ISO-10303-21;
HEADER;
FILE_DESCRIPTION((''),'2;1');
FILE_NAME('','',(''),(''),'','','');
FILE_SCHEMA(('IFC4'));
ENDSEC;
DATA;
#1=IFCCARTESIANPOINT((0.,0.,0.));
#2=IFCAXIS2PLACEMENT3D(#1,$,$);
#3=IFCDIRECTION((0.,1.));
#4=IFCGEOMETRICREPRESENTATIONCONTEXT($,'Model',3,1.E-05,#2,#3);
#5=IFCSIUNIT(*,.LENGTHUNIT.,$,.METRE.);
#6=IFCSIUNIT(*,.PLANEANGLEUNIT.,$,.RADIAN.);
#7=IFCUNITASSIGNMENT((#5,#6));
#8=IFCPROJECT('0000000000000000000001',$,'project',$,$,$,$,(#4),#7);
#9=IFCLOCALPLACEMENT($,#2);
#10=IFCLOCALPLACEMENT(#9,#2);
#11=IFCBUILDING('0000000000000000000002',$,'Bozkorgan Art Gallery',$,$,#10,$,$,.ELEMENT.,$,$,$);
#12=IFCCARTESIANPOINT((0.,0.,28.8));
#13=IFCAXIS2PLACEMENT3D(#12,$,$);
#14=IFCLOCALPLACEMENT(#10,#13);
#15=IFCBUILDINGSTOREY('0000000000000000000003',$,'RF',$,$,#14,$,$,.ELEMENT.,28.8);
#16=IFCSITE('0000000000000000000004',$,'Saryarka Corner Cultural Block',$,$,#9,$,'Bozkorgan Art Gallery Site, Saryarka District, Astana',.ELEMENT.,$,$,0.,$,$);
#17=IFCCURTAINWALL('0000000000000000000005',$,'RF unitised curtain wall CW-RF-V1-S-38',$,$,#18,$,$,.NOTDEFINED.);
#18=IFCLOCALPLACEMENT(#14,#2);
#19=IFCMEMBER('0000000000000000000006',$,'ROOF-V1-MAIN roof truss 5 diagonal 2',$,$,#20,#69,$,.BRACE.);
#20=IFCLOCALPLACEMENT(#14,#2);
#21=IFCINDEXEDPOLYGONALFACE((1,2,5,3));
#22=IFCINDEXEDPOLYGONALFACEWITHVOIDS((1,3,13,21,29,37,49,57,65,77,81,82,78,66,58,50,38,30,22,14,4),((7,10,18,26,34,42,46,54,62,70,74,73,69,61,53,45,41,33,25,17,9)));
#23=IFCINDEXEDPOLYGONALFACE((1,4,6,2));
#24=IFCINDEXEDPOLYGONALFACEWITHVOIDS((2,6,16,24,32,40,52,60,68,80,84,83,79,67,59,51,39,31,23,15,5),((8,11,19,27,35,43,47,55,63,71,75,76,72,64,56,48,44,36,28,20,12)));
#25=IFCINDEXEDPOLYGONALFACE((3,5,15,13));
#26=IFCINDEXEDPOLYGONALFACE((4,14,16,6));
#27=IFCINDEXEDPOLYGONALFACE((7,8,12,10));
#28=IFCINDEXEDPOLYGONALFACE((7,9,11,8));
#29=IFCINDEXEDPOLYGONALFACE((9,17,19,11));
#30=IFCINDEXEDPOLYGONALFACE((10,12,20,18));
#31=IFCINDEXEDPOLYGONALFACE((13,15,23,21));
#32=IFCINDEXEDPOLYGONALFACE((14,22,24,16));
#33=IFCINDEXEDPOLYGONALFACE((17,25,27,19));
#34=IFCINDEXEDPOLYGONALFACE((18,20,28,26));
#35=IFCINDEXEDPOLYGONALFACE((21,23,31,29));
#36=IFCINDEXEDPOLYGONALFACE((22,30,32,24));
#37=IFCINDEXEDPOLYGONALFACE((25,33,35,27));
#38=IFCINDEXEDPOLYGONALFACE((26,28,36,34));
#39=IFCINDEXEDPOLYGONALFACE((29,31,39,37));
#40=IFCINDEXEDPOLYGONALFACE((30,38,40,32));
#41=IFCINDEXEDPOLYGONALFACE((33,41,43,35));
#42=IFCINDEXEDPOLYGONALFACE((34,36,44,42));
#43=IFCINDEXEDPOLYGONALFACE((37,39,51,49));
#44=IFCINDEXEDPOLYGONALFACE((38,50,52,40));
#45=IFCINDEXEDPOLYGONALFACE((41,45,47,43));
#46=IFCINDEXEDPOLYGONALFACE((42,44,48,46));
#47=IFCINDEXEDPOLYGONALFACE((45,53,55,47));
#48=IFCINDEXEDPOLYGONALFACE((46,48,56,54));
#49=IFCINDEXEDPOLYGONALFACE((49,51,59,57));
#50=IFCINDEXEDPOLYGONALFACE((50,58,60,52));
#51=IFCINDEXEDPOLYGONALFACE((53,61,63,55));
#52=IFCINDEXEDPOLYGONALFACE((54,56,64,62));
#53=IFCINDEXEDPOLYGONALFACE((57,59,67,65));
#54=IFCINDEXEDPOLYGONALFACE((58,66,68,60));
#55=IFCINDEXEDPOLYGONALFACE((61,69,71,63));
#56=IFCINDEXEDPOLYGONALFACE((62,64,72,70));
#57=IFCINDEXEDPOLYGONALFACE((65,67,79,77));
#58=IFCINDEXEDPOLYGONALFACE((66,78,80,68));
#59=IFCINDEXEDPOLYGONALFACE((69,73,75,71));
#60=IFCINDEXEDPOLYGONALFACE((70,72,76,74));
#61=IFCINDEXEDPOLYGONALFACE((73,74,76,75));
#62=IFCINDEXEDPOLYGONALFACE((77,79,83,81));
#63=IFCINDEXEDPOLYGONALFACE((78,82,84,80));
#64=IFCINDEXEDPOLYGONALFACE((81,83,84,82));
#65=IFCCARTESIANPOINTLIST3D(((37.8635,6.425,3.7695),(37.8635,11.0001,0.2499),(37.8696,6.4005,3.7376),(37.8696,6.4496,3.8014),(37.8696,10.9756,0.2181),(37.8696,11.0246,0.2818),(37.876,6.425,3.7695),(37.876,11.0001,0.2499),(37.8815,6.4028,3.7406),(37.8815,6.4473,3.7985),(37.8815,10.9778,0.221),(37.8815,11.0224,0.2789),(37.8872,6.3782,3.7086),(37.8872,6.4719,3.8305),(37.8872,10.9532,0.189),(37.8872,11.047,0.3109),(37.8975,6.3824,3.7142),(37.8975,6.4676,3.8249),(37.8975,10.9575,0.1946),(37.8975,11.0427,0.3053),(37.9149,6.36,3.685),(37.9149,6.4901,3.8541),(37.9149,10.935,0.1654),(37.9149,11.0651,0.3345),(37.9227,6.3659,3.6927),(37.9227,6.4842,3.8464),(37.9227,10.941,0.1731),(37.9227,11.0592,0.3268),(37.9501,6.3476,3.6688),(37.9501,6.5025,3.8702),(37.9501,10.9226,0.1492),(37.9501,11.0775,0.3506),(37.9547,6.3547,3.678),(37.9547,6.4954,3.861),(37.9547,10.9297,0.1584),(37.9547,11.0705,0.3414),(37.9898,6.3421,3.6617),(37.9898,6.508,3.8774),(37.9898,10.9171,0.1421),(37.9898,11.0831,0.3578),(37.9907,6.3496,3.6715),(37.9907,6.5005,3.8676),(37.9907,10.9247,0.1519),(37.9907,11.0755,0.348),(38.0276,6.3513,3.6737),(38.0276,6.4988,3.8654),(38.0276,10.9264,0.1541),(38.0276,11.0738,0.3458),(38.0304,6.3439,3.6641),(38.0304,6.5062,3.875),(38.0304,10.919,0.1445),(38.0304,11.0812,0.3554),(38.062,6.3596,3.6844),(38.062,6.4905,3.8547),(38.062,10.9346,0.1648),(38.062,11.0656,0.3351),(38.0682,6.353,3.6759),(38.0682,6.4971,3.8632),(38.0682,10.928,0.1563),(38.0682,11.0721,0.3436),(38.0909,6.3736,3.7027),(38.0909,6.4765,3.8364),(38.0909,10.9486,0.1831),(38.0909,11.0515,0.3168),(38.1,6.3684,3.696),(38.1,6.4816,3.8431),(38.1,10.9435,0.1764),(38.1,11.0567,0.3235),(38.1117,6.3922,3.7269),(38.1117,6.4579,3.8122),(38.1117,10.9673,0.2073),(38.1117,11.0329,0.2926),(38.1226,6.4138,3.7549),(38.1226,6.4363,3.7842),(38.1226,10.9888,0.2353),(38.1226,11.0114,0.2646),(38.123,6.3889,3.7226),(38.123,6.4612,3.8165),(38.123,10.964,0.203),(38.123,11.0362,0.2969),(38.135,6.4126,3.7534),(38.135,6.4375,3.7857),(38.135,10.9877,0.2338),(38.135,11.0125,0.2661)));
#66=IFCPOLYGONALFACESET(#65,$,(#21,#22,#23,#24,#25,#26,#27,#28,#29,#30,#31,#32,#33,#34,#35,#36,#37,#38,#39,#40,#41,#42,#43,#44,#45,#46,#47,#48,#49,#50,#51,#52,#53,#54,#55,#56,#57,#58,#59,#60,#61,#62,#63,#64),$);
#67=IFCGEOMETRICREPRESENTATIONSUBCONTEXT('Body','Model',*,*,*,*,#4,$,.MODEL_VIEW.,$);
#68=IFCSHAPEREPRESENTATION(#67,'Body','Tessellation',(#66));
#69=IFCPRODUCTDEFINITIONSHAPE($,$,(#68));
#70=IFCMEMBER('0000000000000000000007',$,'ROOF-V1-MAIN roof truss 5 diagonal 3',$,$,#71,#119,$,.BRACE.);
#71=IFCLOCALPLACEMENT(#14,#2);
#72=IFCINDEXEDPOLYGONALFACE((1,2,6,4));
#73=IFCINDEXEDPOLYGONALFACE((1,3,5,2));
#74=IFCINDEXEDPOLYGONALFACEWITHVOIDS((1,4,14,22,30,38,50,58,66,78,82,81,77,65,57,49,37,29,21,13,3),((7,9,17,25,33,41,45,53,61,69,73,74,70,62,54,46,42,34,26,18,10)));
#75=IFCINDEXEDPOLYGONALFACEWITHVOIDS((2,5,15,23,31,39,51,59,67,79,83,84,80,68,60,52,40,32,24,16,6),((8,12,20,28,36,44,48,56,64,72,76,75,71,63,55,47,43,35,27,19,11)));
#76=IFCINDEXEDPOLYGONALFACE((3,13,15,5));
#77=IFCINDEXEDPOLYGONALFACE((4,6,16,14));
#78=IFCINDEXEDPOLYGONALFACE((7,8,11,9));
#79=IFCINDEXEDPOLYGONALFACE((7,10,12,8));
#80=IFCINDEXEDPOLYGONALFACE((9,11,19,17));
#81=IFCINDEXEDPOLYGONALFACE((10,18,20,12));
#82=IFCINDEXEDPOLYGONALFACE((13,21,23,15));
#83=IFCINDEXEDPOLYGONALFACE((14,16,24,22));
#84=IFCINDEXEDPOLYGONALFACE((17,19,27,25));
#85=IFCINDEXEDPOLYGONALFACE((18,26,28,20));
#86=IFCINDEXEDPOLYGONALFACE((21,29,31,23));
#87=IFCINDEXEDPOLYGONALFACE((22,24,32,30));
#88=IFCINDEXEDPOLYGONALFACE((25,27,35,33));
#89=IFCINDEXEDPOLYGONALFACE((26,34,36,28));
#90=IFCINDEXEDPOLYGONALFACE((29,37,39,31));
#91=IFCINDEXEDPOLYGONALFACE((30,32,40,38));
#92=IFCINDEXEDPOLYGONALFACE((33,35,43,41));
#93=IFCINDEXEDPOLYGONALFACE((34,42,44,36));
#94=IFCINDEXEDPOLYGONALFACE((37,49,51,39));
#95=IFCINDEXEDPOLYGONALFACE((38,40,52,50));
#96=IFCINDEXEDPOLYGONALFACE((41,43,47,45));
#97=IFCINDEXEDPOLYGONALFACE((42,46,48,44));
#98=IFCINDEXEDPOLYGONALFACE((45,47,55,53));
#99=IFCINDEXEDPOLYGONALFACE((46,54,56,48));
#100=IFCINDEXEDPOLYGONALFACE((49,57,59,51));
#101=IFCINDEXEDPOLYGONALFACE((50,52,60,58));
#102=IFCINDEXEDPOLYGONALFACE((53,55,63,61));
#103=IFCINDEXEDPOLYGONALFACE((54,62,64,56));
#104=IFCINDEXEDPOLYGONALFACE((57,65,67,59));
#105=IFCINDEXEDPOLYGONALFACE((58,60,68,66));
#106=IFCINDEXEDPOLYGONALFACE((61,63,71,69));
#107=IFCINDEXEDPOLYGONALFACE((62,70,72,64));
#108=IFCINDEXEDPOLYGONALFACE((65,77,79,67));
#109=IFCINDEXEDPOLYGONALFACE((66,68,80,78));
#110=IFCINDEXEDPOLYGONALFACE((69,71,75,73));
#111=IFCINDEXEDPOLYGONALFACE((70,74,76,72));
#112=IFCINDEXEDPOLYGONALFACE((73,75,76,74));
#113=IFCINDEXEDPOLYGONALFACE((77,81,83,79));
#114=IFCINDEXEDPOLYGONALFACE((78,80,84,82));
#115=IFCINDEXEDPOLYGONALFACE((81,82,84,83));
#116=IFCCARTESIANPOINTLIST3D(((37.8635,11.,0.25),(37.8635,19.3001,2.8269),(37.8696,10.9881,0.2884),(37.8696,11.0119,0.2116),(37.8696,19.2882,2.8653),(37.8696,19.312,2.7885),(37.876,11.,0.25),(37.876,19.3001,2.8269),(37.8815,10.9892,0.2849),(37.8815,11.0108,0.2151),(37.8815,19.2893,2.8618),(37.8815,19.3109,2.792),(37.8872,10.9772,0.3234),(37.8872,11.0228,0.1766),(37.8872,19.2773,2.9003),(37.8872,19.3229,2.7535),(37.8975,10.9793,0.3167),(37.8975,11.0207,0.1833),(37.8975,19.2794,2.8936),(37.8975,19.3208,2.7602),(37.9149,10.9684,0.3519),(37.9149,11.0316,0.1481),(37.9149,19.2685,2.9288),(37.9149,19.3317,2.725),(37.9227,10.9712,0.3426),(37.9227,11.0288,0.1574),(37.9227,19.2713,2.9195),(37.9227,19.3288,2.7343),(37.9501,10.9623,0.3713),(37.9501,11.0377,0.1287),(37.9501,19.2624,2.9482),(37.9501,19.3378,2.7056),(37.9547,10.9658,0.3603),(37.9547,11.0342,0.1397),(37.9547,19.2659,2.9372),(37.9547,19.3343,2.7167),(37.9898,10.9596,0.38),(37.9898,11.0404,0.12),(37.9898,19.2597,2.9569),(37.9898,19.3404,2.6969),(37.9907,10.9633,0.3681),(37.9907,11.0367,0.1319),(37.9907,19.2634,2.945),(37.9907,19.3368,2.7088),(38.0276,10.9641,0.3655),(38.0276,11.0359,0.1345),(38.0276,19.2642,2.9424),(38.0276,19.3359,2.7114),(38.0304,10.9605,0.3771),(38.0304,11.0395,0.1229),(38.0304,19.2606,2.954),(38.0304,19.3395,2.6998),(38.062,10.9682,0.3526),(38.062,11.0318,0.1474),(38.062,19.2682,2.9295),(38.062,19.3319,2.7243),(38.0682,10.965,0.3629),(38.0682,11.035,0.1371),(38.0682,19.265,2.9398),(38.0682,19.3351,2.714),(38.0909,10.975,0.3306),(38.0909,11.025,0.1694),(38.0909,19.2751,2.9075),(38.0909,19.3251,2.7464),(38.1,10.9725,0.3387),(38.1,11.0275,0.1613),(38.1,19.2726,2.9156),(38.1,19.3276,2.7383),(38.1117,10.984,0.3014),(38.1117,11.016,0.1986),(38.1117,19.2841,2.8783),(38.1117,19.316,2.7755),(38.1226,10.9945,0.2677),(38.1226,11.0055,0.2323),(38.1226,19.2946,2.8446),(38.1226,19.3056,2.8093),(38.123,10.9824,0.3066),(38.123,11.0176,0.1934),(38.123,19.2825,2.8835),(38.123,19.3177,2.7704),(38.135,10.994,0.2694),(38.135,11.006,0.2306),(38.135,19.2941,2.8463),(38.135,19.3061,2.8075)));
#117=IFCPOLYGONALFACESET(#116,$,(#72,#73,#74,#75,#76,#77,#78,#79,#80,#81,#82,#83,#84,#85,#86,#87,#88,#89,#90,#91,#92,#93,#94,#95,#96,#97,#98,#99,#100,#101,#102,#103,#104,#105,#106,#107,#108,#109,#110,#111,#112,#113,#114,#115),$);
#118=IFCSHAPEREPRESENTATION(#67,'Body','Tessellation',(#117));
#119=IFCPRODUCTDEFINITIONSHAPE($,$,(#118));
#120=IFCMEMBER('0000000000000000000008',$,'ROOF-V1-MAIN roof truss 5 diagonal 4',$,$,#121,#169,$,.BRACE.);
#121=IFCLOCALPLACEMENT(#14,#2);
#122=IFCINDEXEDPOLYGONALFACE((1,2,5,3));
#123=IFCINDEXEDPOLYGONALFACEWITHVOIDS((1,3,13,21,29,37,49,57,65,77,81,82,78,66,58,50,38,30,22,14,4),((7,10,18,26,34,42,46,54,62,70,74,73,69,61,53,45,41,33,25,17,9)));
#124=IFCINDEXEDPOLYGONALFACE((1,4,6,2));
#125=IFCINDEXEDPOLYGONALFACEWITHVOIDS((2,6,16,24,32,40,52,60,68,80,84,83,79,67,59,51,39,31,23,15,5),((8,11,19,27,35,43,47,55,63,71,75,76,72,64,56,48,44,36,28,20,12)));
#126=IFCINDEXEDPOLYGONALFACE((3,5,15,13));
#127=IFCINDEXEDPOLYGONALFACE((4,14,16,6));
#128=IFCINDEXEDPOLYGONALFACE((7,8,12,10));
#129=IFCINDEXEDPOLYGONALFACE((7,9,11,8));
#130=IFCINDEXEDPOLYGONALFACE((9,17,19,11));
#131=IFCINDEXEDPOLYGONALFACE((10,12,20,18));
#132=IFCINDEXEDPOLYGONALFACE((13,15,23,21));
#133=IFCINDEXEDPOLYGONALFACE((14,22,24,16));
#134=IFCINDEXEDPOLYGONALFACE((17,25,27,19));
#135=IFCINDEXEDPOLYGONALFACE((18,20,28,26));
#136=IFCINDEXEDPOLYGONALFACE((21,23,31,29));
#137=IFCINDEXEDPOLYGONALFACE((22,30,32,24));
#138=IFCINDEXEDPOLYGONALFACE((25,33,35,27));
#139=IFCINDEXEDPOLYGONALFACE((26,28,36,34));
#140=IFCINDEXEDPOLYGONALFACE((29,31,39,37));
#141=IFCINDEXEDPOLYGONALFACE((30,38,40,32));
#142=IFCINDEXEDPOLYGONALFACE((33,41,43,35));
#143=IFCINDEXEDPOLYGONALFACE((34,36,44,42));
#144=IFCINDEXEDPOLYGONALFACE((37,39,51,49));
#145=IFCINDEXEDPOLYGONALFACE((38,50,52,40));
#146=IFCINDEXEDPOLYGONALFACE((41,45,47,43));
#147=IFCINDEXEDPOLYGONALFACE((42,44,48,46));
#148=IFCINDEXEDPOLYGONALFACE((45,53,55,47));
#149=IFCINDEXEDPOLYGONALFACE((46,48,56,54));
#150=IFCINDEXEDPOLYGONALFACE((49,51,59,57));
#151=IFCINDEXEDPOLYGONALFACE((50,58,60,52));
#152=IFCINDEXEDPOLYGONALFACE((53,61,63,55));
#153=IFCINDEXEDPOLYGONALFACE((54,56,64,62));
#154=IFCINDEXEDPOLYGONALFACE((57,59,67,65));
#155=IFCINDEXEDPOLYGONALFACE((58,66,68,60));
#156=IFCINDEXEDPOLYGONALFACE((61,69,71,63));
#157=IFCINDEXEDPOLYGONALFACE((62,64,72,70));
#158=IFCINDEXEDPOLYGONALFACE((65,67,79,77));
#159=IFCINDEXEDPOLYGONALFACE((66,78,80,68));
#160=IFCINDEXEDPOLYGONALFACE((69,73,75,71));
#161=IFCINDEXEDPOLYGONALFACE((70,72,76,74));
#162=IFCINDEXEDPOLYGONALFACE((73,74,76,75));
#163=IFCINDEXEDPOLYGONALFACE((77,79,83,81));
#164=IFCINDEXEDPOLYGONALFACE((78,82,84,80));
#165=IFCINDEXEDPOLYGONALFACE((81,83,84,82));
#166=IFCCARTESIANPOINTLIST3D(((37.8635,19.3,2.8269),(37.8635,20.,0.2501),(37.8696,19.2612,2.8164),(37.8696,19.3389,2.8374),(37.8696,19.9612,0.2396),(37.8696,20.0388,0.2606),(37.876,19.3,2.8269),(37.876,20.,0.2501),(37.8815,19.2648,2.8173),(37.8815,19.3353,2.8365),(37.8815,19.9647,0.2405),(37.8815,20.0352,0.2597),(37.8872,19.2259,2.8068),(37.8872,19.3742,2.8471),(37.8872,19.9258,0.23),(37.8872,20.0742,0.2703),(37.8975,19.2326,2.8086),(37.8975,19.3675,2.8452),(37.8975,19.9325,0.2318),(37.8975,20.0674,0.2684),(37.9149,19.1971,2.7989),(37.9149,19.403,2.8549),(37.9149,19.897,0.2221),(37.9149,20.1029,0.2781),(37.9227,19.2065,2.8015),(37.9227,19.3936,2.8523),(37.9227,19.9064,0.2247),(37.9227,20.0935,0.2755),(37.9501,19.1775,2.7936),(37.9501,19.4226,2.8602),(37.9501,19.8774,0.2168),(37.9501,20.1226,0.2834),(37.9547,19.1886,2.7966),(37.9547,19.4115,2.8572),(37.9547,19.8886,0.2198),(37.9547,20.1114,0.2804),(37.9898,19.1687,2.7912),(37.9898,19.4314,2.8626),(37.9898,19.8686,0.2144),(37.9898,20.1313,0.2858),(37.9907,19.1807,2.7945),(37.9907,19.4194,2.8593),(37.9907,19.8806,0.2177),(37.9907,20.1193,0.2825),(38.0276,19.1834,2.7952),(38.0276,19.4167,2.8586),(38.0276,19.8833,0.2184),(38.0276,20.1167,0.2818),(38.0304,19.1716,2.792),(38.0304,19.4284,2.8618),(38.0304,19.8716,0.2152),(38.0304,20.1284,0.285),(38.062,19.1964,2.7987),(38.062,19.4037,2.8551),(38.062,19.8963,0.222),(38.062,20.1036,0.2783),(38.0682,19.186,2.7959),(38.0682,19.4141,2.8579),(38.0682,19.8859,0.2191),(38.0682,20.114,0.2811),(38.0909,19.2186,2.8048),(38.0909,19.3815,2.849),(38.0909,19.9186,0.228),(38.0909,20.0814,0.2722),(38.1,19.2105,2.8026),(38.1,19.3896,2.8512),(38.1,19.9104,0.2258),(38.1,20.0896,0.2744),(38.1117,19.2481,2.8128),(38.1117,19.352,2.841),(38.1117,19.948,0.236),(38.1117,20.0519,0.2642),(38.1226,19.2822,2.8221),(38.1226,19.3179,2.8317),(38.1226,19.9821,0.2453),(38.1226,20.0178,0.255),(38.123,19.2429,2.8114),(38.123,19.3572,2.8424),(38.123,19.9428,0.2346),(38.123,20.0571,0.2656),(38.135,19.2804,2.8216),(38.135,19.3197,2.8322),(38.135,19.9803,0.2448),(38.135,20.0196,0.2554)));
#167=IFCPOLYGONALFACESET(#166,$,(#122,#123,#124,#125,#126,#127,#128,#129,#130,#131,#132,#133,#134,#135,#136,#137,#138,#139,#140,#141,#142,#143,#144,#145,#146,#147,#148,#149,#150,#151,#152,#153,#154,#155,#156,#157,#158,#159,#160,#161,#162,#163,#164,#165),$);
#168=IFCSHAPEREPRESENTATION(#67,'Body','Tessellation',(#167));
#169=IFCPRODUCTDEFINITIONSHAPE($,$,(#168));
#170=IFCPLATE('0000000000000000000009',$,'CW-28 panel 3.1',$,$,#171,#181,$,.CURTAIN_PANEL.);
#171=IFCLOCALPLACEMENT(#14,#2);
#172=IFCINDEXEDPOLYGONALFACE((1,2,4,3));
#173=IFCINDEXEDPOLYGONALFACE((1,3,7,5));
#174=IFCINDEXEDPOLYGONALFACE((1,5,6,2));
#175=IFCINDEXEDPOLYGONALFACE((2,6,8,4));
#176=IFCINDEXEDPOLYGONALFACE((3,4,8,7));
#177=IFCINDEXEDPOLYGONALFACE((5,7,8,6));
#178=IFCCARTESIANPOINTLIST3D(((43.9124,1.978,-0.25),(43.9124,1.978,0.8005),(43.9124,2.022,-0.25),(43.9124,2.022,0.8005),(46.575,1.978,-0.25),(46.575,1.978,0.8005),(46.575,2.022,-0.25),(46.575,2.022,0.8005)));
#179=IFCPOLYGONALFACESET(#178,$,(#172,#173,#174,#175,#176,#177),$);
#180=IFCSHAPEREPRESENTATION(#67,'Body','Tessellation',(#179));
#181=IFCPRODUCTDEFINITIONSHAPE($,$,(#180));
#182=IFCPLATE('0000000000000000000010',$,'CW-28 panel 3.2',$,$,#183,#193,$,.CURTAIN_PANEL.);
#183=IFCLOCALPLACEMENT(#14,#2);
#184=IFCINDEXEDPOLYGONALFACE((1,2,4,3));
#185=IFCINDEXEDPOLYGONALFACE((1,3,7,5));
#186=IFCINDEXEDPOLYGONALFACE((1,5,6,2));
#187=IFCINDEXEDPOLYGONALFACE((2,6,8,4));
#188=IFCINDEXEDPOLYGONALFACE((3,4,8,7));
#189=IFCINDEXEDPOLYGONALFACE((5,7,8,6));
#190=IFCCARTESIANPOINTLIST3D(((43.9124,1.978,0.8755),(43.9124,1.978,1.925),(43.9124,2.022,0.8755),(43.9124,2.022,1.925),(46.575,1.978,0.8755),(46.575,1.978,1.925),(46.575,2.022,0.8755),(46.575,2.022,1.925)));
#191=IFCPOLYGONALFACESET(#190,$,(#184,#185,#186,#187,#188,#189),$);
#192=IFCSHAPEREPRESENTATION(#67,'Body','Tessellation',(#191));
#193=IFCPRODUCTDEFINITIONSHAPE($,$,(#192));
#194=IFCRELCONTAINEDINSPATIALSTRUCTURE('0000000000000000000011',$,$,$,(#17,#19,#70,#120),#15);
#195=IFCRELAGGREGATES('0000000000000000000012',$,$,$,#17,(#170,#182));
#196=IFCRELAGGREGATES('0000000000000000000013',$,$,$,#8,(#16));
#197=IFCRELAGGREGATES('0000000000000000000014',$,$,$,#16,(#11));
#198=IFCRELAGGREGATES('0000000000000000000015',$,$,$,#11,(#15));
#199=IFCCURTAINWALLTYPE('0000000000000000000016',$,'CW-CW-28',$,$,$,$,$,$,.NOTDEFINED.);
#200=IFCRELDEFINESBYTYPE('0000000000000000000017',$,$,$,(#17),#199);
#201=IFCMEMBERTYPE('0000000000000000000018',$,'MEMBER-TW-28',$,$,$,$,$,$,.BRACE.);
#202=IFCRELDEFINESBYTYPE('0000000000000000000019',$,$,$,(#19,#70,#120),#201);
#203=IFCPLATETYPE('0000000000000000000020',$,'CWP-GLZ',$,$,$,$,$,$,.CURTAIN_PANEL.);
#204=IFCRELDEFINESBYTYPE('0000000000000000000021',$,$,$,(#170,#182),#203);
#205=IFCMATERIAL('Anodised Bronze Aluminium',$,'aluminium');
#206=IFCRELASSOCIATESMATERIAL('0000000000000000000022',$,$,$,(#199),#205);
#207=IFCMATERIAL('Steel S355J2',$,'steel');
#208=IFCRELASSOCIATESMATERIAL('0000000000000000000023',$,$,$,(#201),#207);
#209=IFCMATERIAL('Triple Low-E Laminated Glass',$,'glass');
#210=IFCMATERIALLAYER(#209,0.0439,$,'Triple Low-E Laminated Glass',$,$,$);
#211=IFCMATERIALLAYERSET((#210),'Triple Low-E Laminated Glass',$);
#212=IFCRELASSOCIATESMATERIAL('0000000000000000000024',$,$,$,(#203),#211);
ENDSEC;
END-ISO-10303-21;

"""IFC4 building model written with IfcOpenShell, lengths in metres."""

from ifc_helpers import new_model, si_unit, direction, frame, origin, origin_2d, place, context, subcontext, project, spatial, rectangle, hollow_circle, extrude, material, layer, layer_set, material_profile, profile_set, type_object, element, aggregate, save


model = new_model("IFC4")

# Units and contexts
model_context = context("Model", 3, precision=1e-05, world=origin(), true_north=direction((0.0, 1.0)))
body_context = subcontext(model_context, "Body", "Model", "MODEL_VIEW")
ifc_project = project(units=[si_unit("LENGTHUNIT", "METRE"), si_unit("PLANEANGLEUNIT", "RADIAN")], contexts=[model_context])

# Site, building, storey
site_placement = place(None, origin())
site = spatial("IfcSite", under=ifc_project, at=site_placement, Name="Saryarka Corner Cultural Block", LongName="Bozkorgan Art Gallery Site, Saryarka District, Astana", CompositionType="ELEMENT", RefElevation=0.0)
building_placement = place(site_placement, origin())
building = spatial("IfcBuilding", under=site, at=building_placement, Name="Bozkorgan Art Gallery", CompositionType="ELEMENT")
storey_placement = place(building_placement, frame((0.0, 0.0, 28.8)))
storey = spatial("IfcBuildingStorey", under=building, at=storey_placement, Name="RF", CompositionType="ELEMENT", Elevation=28.8)

# Shared definitions
ifc_material_1 = material(Name="Steel S355J2", Category="steel")

# Curtain wall
ifc_material_2 = material(Name="Anodised Bronze Aluminium", Category="aluminium")
curtain_wall_type = type_object("IfcCurtainWallType", Name="CW-CW-28", PredefinedType="NOTDEFINED", material=ifc_material_2)
curtain_wall_placement = place(storey_placement, origin())
curtain_wall = element("IfcCurtainWall", 1, at=curtain_wall_placement, inside=storey, type_object=curtain_wall_type, Name="RF unitised curtain wall CW-RF-V1-S-38", PredefinedType="NOTDEFINED")

# Members
ifc_material_profile_1 = material_profile(ifc_material_1, hollow_circle(Radius=0.1365, WallThickness=0.0125, at=origin_2d()), Name="CHS 273x12.5")
ifc_profile_set_1 = profile_set([ifc_material_profile_1], Name="Steel S355J2")
member_type_1 = type_object("IfcMemberType", Name="MEMBER-TW-28", PredefinedType="BRACE", material=ifc_profile_set_1)
member_1_placement = place(storey_placement, frame((38.0, 6.425, 3.7695), z_axis=(0.0, 0.792596, -0.609748), x_axis=(-1.0, 0.0, 0.0)))
element("IfcMember", 2, at=member_1_placement, inside=storey, type_object=member_type_1, Name="ROOF-V1-MAIN roof truss 5 diagonal 2", PredefinedType="BRACE", context=body_context, shape_type="SweptSolid", body=[
    extrude(hollow_circle(Radius=0.1365, WallThickness=0.0125, at=origin_2d()), origin(), (0.0, 0.0, 1.0), 5.7722),
])
member_2_placement = place(storey_placement, frame((38.0, 11.0, 0.25), z_axis=(0.0, 0.955031, 0.296507), x_axis=(-1.0, 0.0, 0.0)))
element("IfcMember", 3, at=member_2_placement, inside=storey, type_object=member_type_1, Name="ROOF-V1-MAIN roof truss 5 diagonal 3", PredefinedType="BRACE", context=body_context, shape_type="SweptSolid", body=[
    extrude(hollow_circle(Radius=0.1365, WallThickness=0.0125, at=origin_2d()), origin(), (0.0, 0.0, 1.0), 8.6909),
])
member_3_placement = place(storey_placement, frame((38.0, 19.3, 2.8269), z_axis=(0.0, 0.262127, -0.965033), x_axis=(-1.0, 0.0, 0.0)))
element("IfcMember", 4, at=member_3_placement, inside=storey, type_object=member_type_1, Name="ROOF-V1-MAIN roof truss 5 diagonal 4", PredefinedType="BRACE", context=body_context, shape_type="SweptSolid", body=[
    extrude(hollow_circle(Radius=0.1365, WallThickness=0.0125, at=origin_2d()), origin(), (0.0, 0.0, 1.0), 2.6702),
])

# Plates
ifc_material_3 = material(Name="Triple Low-E Laminated Glass", Category="glass")
ifc_layer_1 = layer(ifc_material_3, 0.0439, Name="Triple Low-E Laminated Glass")
ifc_layer_set_1 = layer_set([ifc_layer_1], Name="Triple Low-E Laminated Glass")
plate_type_1 = type_object("IfcPlateType", Name="CWP-GLZ", PredefinedType="CURTAIN_PANEL", material=ifc_layer_set_1)
plate_1_placement = place(storey_placement, frame((45.2437, 2.0, -0.25), z_axis=(0.0, 0.0, 1.0), x_axis=(1.0, 0.0, 0.0)))
plate_1 = element("IfcPlate", 5, at=plate_1_placement, type_object=plate_type_1, Name="CW-28 panel 3.1", PredefinedType="CURTAIN_PANEL", context=body_context, shape_type="SweptSolid", body=[
    extrude(rectangle(XDim=2.6626, YDim=0.0439, at=origin_2d()), origin(), (0.0, 0.0, 1.0), 1.0505),
])
plate_2_placement = place(storey_placement, frame((45.2437, 2.0, 0.8755), z_axis=(0.0, 0.0, 1.0), x_axis=(1.0, 0.0, 0.0)))
plate_2 = element("IfcPlate", 6, at=plate_2_placement, type_object=plate_type_1, Name="CW-28 panel 3.2", PredefinedType="CURTAIN_PANEL", context=body_context, shape_type="SweptSolid", body=[
    extrude(rectangle(XDim=2.6626, YDim=0.0439, at=origin_2d()), origin(), (0.0, 0.0, 1.0), 1.0496),
])
aggregate(curtain_wall, [plate_1, plate_2])

save(model, "model.ifc")
